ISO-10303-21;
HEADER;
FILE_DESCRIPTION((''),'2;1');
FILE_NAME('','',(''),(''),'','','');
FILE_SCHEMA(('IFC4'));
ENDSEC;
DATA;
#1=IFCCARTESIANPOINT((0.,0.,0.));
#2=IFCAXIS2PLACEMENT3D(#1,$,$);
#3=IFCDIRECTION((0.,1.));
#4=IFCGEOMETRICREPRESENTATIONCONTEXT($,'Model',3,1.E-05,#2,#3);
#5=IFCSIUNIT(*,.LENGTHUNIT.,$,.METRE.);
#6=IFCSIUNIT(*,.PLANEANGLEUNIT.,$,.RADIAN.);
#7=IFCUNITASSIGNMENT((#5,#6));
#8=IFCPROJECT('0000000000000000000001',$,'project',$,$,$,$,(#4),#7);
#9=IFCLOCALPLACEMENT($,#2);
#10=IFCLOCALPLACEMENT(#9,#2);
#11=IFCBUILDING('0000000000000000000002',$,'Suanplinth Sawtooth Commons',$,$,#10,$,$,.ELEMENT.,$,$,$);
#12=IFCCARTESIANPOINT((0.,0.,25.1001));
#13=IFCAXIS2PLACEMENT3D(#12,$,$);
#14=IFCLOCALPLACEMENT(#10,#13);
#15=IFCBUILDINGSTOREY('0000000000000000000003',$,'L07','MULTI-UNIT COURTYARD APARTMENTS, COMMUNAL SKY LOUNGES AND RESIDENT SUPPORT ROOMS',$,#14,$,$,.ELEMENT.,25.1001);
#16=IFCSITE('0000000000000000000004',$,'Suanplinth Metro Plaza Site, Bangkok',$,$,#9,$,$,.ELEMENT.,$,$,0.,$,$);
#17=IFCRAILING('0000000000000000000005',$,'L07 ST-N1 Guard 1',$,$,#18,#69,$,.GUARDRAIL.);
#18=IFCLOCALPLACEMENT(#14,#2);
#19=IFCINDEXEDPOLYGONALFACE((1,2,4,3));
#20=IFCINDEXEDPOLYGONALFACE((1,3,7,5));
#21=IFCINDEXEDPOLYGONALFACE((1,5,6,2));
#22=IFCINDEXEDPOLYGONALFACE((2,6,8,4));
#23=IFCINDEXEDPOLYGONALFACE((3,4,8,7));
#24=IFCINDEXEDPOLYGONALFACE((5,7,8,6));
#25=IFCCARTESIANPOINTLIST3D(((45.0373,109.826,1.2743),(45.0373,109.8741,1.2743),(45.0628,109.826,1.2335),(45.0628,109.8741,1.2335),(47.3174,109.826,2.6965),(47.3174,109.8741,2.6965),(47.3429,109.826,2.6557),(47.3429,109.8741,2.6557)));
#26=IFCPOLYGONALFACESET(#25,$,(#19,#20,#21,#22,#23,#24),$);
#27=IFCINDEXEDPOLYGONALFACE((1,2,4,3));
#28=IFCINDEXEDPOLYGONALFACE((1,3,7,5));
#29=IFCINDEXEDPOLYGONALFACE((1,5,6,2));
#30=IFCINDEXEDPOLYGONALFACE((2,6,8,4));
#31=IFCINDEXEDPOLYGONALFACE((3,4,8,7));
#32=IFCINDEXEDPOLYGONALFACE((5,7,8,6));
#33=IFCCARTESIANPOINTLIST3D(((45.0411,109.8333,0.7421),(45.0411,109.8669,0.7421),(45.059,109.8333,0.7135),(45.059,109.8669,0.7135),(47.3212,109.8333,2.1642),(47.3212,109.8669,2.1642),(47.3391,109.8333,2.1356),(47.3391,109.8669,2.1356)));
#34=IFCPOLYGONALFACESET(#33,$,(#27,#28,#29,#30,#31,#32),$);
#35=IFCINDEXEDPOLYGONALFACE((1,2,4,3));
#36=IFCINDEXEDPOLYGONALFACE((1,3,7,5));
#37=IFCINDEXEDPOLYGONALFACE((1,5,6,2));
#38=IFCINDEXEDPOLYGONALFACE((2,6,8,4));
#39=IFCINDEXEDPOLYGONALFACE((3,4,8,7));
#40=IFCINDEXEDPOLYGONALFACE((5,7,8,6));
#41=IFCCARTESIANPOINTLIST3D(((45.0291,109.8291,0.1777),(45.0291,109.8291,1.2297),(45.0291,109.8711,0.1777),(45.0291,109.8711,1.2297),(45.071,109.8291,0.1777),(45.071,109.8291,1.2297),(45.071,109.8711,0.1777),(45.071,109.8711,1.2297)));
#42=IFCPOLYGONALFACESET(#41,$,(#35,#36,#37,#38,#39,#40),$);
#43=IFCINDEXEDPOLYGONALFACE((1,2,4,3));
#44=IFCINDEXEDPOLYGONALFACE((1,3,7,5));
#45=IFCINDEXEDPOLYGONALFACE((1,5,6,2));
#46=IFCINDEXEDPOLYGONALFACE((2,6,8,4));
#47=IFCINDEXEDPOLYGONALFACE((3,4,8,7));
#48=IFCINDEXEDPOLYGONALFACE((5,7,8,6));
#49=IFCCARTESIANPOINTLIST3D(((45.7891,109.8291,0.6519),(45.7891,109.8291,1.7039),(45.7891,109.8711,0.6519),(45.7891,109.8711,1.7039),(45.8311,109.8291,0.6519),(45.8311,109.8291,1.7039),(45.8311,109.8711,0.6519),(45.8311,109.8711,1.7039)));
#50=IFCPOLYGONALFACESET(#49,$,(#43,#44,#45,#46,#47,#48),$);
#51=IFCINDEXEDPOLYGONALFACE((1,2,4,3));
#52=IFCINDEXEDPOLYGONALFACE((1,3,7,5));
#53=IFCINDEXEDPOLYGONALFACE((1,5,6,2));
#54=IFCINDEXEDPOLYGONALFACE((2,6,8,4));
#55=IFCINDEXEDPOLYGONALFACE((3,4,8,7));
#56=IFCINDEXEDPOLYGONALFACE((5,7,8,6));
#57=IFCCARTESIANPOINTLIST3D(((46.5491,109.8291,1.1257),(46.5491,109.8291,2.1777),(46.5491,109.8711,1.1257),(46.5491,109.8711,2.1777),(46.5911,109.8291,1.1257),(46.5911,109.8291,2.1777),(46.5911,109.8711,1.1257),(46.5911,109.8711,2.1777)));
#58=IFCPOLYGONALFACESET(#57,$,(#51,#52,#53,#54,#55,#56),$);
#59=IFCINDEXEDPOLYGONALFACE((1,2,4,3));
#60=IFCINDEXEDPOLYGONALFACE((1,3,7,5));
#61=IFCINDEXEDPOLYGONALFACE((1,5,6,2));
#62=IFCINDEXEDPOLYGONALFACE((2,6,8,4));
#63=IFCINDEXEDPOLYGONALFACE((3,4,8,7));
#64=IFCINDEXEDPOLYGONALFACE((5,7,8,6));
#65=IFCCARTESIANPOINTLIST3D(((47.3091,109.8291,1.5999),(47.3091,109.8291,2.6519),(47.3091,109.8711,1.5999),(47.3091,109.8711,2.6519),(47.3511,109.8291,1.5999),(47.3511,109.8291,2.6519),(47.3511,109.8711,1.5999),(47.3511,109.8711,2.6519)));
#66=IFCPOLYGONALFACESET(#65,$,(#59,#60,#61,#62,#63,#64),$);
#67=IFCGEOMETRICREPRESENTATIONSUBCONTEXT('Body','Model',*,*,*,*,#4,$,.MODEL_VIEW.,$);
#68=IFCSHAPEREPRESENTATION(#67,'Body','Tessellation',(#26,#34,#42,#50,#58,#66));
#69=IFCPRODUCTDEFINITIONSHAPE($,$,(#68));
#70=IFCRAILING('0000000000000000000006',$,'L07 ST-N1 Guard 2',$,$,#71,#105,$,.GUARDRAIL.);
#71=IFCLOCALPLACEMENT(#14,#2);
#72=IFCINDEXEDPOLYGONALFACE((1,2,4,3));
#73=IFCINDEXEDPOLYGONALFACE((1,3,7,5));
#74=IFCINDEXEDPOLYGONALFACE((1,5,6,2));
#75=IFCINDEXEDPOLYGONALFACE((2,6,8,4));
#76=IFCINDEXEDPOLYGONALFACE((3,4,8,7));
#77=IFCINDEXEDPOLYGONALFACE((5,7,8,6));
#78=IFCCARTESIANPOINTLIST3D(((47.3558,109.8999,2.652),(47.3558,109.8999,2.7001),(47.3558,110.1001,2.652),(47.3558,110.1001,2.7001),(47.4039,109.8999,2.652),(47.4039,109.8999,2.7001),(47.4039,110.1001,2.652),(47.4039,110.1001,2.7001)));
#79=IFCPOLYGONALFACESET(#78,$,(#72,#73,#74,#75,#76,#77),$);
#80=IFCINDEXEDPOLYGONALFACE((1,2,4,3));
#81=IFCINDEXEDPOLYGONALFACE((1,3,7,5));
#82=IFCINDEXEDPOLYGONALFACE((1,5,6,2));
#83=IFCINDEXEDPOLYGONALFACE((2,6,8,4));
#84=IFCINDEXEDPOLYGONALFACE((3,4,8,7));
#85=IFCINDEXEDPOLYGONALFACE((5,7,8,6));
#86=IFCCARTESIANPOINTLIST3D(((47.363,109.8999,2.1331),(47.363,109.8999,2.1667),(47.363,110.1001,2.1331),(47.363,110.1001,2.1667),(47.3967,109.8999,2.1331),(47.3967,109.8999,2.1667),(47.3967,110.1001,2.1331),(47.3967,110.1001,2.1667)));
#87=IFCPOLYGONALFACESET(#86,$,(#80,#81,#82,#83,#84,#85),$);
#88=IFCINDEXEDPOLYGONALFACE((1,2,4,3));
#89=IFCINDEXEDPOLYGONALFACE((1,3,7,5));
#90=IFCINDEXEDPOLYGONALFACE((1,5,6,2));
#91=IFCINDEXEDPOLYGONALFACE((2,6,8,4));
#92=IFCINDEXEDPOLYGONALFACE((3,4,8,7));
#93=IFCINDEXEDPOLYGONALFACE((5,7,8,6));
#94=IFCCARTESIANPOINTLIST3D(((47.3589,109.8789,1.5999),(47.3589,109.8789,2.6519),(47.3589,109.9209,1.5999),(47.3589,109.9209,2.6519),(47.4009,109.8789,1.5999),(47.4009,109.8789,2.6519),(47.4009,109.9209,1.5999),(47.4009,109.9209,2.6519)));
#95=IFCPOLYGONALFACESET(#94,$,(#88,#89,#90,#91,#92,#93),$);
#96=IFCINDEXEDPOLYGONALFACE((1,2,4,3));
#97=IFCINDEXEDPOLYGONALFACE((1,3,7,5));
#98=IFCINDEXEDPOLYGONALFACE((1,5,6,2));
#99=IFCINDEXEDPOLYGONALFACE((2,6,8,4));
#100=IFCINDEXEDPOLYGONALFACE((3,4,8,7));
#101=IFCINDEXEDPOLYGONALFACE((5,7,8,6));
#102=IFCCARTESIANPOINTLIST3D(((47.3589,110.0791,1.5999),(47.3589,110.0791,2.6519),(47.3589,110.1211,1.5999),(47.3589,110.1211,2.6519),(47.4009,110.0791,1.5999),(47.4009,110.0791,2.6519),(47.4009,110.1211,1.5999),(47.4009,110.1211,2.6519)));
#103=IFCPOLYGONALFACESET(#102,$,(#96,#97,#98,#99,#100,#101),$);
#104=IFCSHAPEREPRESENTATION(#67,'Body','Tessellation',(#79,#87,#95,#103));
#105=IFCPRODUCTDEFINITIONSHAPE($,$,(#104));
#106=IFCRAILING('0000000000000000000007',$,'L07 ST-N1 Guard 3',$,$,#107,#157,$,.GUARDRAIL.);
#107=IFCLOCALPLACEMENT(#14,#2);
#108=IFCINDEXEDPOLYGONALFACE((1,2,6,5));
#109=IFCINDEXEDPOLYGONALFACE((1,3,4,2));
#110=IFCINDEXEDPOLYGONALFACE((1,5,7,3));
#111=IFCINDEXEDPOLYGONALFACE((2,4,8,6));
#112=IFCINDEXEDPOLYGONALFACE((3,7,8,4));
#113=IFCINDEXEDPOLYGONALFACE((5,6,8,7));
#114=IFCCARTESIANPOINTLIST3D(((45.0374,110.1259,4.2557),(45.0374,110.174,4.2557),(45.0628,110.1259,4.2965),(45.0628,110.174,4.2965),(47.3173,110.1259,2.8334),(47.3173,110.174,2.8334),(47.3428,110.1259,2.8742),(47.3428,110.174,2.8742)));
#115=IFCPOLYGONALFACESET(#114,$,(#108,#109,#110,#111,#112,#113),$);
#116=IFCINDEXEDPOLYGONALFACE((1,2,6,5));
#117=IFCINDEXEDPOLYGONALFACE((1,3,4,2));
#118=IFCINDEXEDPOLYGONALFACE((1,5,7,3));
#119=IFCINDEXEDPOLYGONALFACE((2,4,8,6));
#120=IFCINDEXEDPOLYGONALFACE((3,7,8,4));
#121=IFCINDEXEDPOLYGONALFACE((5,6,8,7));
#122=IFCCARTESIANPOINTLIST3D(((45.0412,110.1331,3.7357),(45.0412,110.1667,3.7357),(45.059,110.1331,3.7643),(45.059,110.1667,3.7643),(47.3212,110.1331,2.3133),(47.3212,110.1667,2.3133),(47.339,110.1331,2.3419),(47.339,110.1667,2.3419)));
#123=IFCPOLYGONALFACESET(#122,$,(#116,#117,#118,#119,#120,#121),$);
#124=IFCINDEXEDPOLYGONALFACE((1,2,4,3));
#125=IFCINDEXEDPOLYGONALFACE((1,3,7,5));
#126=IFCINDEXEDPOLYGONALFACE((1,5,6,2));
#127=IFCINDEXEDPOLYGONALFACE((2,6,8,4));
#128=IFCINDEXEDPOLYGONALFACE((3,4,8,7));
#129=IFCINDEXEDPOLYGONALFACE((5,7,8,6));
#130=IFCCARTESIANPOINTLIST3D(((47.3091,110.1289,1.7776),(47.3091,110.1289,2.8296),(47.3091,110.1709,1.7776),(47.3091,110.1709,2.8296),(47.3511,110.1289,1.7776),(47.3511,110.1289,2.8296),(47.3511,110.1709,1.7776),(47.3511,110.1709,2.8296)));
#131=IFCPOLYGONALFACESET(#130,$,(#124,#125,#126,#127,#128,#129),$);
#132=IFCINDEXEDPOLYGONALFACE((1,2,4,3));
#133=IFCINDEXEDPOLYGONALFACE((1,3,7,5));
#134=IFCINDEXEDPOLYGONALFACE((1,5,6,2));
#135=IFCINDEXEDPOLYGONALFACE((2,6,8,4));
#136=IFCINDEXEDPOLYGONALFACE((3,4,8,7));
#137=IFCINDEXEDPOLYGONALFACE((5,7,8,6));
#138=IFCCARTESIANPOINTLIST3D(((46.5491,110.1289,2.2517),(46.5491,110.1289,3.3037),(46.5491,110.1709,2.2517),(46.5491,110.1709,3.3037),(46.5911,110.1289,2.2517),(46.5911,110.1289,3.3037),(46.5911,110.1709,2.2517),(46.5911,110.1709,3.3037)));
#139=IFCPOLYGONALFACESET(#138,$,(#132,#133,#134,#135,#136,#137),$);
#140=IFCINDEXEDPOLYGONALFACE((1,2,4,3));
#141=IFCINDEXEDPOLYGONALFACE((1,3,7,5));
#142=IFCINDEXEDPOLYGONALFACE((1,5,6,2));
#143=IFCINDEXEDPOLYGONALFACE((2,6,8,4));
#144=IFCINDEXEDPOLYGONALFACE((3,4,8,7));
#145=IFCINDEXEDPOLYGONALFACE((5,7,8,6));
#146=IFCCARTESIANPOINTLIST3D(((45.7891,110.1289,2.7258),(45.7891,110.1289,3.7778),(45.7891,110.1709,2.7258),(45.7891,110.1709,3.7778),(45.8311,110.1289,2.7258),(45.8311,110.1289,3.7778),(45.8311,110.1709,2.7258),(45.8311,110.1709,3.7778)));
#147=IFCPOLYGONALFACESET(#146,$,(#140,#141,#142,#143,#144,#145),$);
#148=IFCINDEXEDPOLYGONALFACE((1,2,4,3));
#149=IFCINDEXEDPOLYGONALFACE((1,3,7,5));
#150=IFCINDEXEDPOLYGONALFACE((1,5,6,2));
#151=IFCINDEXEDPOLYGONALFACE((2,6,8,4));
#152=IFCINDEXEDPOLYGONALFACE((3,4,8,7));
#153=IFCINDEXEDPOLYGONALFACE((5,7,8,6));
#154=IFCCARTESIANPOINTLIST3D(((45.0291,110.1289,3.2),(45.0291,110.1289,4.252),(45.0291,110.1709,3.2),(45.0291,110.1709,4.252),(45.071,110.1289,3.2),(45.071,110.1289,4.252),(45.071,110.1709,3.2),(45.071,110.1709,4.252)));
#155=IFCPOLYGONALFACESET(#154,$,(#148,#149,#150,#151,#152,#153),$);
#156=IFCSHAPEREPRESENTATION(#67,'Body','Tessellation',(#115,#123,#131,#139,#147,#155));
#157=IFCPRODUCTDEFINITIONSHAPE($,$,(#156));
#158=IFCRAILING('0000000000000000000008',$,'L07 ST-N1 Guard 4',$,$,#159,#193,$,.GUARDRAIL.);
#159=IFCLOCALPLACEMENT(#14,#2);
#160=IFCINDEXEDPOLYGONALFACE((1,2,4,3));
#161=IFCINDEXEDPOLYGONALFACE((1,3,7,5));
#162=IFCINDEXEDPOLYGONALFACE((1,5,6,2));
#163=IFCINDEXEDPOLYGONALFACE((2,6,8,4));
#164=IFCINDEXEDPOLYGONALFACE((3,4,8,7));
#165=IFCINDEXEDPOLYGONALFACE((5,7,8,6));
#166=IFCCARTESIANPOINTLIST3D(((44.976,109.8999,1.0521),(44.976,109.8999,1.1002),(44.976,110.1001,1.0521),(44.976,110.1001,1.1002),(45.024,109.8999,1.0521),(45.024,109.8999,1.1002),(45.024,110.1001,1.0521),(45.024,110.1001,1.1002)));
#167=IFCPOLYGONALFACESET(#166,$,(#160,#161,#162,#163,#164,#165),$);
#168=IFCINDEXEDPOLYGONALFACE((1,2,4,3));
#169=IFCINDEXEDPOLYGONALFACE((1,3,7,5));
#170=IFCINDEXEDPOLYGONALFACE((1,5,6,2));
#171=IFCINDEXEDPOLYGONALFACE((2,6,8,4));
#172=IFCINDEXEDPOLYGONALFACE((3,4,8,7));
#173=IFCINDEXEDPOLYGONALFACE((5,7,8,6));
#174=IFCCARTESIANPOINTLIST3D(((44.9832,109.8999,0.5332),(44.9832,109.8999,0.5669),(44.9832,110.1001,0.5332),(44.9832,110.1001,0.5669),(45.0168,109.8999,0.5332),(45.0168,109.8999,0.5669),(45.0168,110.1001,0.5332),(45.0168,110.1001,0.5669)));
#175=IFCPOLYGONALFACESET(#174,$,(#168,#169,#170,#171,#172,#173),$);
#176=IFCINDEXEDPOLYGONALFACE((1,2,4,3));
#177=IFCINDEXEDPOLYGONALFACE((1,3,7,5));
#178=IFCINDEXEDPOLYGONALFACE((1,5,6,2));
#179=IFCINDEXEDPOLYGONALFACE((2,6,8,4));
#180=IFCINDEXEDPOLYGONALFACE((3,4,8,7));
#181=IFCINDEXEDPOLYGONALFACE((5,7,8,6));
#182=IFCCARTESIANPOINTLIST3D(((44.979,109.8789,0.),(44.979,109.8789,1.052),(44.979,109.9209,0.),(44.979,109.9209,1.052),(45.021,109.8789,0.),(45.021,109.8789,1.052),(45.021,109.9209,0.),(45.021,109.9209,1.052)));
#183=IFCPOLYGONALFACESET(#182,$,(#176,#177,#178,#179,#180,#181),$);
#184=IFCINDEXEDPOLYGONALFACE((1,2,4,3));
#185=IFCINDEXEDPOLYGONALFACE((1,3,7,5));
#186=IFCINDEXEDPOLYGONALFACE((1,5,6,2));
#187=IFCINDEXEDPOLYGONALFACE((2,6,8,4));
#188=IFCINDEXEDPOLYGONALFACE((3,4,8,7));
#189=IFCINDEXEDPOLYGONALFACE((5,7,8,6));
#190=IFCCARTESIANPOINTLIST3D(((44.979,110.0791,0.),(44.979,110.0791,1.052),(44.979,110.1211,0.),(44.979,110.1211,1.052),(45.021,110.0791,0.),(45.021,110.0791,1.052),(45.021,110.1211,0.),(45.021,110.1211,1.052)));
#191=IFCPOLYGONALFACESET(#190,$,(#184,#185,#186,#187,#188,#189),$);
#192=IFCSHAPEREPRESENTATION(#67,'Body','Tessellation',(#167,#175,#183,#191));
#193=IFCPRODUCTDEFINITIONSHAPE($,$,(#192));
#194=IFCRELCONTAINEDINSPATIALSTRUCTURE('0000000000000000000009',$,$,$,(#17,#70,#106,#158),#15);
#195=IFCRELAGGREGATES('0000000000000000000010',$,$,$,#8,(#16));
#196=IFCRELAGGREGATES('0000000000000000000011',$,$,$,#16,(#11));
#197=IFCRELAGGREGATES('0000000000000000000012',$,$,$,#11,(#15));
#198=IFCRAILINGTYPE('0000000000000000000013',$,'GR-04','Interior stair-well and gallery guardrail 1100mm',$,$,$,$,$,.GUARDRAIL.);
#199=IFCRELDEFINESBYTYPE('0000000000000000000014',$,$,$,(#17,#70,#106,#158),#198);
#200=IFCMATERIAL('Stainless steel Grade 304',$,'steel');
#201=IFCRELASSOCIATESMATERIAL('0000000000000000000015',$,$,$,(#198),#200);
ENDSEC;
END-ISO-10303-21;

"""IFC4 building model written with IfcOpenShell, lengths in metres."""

from ifc_helpers import new_model, si_unit, direction, frame, origin, origin_2d, place, context, subcontext, project, spatial, rectangle, extrude, material, type_object, element, save


model = new_model("IFC4")

# Units and contexts
model_context = context("Model", 3, precision=1e-05, world=origin(), true_north=direction((0.0, 1.0)))
body_context = subcontext(model_context, "Body", "Model", "MODEL_VIEW")
ifc_project = project(units=[si_unit("LENGTHUNIT", "METRE"), si_unit("PLANEANGLEUNIT", "RADIAN")], contexts=[model_context])

# Site, building, storey
site_placement = place(None, origin())
site = spatial("IfcSite", under=ifc_project, at=site_placement, Name="Suanplinth Metro Plaza Site, Bangkok", CompositionType="ELEMENT", RefElevation=0.0)
building_placement = place(site_placement, origin())
building = spatial("IfcBuilding", under=site, at=building_placement, Name="Suanplinth Sawtooth Commons", CompositionType="ELEMENT")
storey_placement = place(building_placement, frame((0.0, 0.0, 25.1001)))
storey = spatial("IfcBuildingStorey", under=building, at=storey_placement, Name="L07", Description="MULTI-UNIT COURTYARD APARTMENTS, COMMUNAL SKY LOUNGES AND RESIDENT SUPPORT ROOMS", CompositionType="ELEMENT", Elevation=25.1001)

# Shared definitions
ifc_material_1 = material(Name="Stainless steel Grade 304", Category="steel")

# Railings
railing_type_1 = type_object("IfcRailingType", Name="GR-04", Description="Interior stair-well and gallery guardrail 1100mm", PredefinedType="GUARDRAIL", material=ifc_material_1)
railing_1_placement = place(storey_placement, frame((45.05, 109.8501, 0.1777)))
element("IfcRailing", 1, at=railing_1_placement, inside=storey, type_object=railing_type_1, Name="L07 ST-N1 Guard 1", PredefinedType="GUARDRAIL", context=body_context, shape_type="SweptSolid", body=[
    extrude(rectangle(XDim=0.0481, YDim=0.0481, at=origin_2d()), frame((0.0, 0.0, 1.0762), z_axis=(0.848483, 0.0, 0.529223), x_axis=(0.0, 1.0, 0.0)), (0.0, 0.0, 1.0), 2.6873),
    extrude(rectangle(XDim=0.0337, YDim=0.0337, at=origin_2d()), frame((0.0, 0.0, 0.55), z_axis=(0.848483, 0.0, 0.529223), x_axis=(0.0, 1.0, 0.0)), (0.0, 0.0, 1.0), 2.6873),
    extrude(rectangle(XDim=0.042, YDim=0.042, at=origin_2d()), origin(), (0.0, 0.0, 1.0), 1.052),
    extrude(rectangle(XDim=0.042, YDim=0.042, at=origin_2d()), frame((0.76, 0.0, 0.4741)), (0.0, 0.0, 1.0), 1.052),
    extrude(rectangle(XDim=0.042, YDim=0.042, at=origin_2d()), frame((1.52, 0.0, 0.948)), (0.0, 0.0, 1.0), 1.052),
    extrude(rectangle(XDim=0.042, YDim=0.042, at=origin_2d()), frame((2.28, 0.0, 1.4221)), (0.0, 0.0, 1.0), 1.052),
])
railing_2_placement = place(storey_placement, frame((47.3799, 109.8999, 1.5999)))
element("IfcRailing", 2, at=railing_2_placement, inside=storey, type_object=railing_type_1, Name="L07 ST-N1 Guard 2", PredefinedType="GUARDRAIL", context=body_context, shape_type="SweptSolid", body=[
    extrude(rectangle(XDim=0.0481, YDim=0.0481, at=origin_2d()), frame((0.0, 0.0, 1.0762), z_axis=(0.0, 1.0, 0.0), x_axis=(-1.0, 0.0, 0.0)), (0.0, 0.0, 1.0), 0.2002),
    extrude(rectangle(XDim=0.0337, YDim=0.0337, at=origin_2d()), frame((0.0, 0.0, 0.55), z_axis=(0.0, 1.0, 0.0), x_axis=(-1.0, 0.0, 0.0)), (0.0, 0.0, 1.0), 0.2002),
    extrude(rectangle(XDim=0.042, YDim=0.042, at=origin_2d()), origin(), (0.0, 0.0, 1.0), 1.052),
    extrude(rectangle(XDim=0.042, YDim=0.042, at=origin_2d()), frame((0.0, 0.2002, 0.0)), (0.0, 0.0, 1.0), 1.052),
])
railing_3_placement = place(storey_placement, frame((47.3301, 110.1499, 1.7776)))
element("IfcRailing", 3, at=railing_3_placement, inside=storey, type_object=railing_type_1, Name="L07 ST-N1 Guard 3", PredefinedType="GUARDRAIL", context=body_context, shape_type="SweptSolid", body=[
    extrude(rectangle(XDim=0.0481, YDim=0.0481, at=origin_2d()), frame((0.0, 0.0, 1.0762), z_axis=(-0.848442, 0.0, 0.529288), x_axis=(0.0, -1.0, 0.0)), (0.0, 0.0, 1.0), 2.6873),
    extrude(rectangle(XDim=0.0337, YDim=0.0337, at=origin_2d()), frame((0.0, 0.0, 0.55), z_axis=(-0.848442, 0.0, 0.529288), x_axis=(0.0, -1.0, 0.0)), (0.0, 0.0, 1.0), 2.6873),
    extrude(rectangle(XDim=0.042, YDim=0.042, at=origin_2d()), origin(), (0.0, 0.0, 1.0), 1.052),
    extrude(rectangle(XDim=0.042, YDim=0.042, at=origin_2d()), frame((-0.76, 0.0, 0.4741)), (0.0, 0.0, 1.0), 1.052),
    extrude(rectangle(XDim=0.042, YDim=0.042, at=origin_2d()), frame((-1.52, 0.0, 0.9482)), (0.0, 0.0, 1.0), 1.052),
    extrude(rectangle(XDim=0.042, YDim=0.042, at=origin_2d()), frame((-2.28, 0.0, 1.4224)), (0.0, 0.0, 1.0), 1.052),
])
railing_4_placement = place(storey_placement, frame((45.0, 109.8999, 0.0)))
element("IfcRailing", 4, at=railing_4_placement, inside=storey, type_object=railing_type_1, Name="L07 ST-N1 Guard 4", PredefinedType="GUARDRAIL", context=body_context, shape_type="SweptSolid", body=[
    extrude(rectangle(XDim=0.0481, YDim=0.0481, at=origin_2d()), frame((0.0, 0.0, 1.0762), z_axis=(0.0, 1.0, 0.0), x_axis=(-1.0, 0.0, 0.0)), (0.0, 0.0, 1.0), 0.2002),
    extrude(rectangle(XDim=0.0337, YDim=0.0337, at=origin_2d()), frame((0.0, 0.0, 0.55), z_axis=(0.0, 1.0, 0.0), x_axis=(-1.0, 0.0, 0.0)), (0.0, 0.0, 1.0), 0.2002),
    extrude(rectangle(XDim=0.042, YDim=0.042, at=origin_2d()), origin(), (0.0, 0.0, 1.0), 1.052),
    extrude(rectangle(XDim=0.042, YDim=0.042, at=origin_2d()), frame((0.0, 0.2002, 0.0)), (0.0, 0.0, 1.0), 1.052),
])

save(model, "model.ifc")
